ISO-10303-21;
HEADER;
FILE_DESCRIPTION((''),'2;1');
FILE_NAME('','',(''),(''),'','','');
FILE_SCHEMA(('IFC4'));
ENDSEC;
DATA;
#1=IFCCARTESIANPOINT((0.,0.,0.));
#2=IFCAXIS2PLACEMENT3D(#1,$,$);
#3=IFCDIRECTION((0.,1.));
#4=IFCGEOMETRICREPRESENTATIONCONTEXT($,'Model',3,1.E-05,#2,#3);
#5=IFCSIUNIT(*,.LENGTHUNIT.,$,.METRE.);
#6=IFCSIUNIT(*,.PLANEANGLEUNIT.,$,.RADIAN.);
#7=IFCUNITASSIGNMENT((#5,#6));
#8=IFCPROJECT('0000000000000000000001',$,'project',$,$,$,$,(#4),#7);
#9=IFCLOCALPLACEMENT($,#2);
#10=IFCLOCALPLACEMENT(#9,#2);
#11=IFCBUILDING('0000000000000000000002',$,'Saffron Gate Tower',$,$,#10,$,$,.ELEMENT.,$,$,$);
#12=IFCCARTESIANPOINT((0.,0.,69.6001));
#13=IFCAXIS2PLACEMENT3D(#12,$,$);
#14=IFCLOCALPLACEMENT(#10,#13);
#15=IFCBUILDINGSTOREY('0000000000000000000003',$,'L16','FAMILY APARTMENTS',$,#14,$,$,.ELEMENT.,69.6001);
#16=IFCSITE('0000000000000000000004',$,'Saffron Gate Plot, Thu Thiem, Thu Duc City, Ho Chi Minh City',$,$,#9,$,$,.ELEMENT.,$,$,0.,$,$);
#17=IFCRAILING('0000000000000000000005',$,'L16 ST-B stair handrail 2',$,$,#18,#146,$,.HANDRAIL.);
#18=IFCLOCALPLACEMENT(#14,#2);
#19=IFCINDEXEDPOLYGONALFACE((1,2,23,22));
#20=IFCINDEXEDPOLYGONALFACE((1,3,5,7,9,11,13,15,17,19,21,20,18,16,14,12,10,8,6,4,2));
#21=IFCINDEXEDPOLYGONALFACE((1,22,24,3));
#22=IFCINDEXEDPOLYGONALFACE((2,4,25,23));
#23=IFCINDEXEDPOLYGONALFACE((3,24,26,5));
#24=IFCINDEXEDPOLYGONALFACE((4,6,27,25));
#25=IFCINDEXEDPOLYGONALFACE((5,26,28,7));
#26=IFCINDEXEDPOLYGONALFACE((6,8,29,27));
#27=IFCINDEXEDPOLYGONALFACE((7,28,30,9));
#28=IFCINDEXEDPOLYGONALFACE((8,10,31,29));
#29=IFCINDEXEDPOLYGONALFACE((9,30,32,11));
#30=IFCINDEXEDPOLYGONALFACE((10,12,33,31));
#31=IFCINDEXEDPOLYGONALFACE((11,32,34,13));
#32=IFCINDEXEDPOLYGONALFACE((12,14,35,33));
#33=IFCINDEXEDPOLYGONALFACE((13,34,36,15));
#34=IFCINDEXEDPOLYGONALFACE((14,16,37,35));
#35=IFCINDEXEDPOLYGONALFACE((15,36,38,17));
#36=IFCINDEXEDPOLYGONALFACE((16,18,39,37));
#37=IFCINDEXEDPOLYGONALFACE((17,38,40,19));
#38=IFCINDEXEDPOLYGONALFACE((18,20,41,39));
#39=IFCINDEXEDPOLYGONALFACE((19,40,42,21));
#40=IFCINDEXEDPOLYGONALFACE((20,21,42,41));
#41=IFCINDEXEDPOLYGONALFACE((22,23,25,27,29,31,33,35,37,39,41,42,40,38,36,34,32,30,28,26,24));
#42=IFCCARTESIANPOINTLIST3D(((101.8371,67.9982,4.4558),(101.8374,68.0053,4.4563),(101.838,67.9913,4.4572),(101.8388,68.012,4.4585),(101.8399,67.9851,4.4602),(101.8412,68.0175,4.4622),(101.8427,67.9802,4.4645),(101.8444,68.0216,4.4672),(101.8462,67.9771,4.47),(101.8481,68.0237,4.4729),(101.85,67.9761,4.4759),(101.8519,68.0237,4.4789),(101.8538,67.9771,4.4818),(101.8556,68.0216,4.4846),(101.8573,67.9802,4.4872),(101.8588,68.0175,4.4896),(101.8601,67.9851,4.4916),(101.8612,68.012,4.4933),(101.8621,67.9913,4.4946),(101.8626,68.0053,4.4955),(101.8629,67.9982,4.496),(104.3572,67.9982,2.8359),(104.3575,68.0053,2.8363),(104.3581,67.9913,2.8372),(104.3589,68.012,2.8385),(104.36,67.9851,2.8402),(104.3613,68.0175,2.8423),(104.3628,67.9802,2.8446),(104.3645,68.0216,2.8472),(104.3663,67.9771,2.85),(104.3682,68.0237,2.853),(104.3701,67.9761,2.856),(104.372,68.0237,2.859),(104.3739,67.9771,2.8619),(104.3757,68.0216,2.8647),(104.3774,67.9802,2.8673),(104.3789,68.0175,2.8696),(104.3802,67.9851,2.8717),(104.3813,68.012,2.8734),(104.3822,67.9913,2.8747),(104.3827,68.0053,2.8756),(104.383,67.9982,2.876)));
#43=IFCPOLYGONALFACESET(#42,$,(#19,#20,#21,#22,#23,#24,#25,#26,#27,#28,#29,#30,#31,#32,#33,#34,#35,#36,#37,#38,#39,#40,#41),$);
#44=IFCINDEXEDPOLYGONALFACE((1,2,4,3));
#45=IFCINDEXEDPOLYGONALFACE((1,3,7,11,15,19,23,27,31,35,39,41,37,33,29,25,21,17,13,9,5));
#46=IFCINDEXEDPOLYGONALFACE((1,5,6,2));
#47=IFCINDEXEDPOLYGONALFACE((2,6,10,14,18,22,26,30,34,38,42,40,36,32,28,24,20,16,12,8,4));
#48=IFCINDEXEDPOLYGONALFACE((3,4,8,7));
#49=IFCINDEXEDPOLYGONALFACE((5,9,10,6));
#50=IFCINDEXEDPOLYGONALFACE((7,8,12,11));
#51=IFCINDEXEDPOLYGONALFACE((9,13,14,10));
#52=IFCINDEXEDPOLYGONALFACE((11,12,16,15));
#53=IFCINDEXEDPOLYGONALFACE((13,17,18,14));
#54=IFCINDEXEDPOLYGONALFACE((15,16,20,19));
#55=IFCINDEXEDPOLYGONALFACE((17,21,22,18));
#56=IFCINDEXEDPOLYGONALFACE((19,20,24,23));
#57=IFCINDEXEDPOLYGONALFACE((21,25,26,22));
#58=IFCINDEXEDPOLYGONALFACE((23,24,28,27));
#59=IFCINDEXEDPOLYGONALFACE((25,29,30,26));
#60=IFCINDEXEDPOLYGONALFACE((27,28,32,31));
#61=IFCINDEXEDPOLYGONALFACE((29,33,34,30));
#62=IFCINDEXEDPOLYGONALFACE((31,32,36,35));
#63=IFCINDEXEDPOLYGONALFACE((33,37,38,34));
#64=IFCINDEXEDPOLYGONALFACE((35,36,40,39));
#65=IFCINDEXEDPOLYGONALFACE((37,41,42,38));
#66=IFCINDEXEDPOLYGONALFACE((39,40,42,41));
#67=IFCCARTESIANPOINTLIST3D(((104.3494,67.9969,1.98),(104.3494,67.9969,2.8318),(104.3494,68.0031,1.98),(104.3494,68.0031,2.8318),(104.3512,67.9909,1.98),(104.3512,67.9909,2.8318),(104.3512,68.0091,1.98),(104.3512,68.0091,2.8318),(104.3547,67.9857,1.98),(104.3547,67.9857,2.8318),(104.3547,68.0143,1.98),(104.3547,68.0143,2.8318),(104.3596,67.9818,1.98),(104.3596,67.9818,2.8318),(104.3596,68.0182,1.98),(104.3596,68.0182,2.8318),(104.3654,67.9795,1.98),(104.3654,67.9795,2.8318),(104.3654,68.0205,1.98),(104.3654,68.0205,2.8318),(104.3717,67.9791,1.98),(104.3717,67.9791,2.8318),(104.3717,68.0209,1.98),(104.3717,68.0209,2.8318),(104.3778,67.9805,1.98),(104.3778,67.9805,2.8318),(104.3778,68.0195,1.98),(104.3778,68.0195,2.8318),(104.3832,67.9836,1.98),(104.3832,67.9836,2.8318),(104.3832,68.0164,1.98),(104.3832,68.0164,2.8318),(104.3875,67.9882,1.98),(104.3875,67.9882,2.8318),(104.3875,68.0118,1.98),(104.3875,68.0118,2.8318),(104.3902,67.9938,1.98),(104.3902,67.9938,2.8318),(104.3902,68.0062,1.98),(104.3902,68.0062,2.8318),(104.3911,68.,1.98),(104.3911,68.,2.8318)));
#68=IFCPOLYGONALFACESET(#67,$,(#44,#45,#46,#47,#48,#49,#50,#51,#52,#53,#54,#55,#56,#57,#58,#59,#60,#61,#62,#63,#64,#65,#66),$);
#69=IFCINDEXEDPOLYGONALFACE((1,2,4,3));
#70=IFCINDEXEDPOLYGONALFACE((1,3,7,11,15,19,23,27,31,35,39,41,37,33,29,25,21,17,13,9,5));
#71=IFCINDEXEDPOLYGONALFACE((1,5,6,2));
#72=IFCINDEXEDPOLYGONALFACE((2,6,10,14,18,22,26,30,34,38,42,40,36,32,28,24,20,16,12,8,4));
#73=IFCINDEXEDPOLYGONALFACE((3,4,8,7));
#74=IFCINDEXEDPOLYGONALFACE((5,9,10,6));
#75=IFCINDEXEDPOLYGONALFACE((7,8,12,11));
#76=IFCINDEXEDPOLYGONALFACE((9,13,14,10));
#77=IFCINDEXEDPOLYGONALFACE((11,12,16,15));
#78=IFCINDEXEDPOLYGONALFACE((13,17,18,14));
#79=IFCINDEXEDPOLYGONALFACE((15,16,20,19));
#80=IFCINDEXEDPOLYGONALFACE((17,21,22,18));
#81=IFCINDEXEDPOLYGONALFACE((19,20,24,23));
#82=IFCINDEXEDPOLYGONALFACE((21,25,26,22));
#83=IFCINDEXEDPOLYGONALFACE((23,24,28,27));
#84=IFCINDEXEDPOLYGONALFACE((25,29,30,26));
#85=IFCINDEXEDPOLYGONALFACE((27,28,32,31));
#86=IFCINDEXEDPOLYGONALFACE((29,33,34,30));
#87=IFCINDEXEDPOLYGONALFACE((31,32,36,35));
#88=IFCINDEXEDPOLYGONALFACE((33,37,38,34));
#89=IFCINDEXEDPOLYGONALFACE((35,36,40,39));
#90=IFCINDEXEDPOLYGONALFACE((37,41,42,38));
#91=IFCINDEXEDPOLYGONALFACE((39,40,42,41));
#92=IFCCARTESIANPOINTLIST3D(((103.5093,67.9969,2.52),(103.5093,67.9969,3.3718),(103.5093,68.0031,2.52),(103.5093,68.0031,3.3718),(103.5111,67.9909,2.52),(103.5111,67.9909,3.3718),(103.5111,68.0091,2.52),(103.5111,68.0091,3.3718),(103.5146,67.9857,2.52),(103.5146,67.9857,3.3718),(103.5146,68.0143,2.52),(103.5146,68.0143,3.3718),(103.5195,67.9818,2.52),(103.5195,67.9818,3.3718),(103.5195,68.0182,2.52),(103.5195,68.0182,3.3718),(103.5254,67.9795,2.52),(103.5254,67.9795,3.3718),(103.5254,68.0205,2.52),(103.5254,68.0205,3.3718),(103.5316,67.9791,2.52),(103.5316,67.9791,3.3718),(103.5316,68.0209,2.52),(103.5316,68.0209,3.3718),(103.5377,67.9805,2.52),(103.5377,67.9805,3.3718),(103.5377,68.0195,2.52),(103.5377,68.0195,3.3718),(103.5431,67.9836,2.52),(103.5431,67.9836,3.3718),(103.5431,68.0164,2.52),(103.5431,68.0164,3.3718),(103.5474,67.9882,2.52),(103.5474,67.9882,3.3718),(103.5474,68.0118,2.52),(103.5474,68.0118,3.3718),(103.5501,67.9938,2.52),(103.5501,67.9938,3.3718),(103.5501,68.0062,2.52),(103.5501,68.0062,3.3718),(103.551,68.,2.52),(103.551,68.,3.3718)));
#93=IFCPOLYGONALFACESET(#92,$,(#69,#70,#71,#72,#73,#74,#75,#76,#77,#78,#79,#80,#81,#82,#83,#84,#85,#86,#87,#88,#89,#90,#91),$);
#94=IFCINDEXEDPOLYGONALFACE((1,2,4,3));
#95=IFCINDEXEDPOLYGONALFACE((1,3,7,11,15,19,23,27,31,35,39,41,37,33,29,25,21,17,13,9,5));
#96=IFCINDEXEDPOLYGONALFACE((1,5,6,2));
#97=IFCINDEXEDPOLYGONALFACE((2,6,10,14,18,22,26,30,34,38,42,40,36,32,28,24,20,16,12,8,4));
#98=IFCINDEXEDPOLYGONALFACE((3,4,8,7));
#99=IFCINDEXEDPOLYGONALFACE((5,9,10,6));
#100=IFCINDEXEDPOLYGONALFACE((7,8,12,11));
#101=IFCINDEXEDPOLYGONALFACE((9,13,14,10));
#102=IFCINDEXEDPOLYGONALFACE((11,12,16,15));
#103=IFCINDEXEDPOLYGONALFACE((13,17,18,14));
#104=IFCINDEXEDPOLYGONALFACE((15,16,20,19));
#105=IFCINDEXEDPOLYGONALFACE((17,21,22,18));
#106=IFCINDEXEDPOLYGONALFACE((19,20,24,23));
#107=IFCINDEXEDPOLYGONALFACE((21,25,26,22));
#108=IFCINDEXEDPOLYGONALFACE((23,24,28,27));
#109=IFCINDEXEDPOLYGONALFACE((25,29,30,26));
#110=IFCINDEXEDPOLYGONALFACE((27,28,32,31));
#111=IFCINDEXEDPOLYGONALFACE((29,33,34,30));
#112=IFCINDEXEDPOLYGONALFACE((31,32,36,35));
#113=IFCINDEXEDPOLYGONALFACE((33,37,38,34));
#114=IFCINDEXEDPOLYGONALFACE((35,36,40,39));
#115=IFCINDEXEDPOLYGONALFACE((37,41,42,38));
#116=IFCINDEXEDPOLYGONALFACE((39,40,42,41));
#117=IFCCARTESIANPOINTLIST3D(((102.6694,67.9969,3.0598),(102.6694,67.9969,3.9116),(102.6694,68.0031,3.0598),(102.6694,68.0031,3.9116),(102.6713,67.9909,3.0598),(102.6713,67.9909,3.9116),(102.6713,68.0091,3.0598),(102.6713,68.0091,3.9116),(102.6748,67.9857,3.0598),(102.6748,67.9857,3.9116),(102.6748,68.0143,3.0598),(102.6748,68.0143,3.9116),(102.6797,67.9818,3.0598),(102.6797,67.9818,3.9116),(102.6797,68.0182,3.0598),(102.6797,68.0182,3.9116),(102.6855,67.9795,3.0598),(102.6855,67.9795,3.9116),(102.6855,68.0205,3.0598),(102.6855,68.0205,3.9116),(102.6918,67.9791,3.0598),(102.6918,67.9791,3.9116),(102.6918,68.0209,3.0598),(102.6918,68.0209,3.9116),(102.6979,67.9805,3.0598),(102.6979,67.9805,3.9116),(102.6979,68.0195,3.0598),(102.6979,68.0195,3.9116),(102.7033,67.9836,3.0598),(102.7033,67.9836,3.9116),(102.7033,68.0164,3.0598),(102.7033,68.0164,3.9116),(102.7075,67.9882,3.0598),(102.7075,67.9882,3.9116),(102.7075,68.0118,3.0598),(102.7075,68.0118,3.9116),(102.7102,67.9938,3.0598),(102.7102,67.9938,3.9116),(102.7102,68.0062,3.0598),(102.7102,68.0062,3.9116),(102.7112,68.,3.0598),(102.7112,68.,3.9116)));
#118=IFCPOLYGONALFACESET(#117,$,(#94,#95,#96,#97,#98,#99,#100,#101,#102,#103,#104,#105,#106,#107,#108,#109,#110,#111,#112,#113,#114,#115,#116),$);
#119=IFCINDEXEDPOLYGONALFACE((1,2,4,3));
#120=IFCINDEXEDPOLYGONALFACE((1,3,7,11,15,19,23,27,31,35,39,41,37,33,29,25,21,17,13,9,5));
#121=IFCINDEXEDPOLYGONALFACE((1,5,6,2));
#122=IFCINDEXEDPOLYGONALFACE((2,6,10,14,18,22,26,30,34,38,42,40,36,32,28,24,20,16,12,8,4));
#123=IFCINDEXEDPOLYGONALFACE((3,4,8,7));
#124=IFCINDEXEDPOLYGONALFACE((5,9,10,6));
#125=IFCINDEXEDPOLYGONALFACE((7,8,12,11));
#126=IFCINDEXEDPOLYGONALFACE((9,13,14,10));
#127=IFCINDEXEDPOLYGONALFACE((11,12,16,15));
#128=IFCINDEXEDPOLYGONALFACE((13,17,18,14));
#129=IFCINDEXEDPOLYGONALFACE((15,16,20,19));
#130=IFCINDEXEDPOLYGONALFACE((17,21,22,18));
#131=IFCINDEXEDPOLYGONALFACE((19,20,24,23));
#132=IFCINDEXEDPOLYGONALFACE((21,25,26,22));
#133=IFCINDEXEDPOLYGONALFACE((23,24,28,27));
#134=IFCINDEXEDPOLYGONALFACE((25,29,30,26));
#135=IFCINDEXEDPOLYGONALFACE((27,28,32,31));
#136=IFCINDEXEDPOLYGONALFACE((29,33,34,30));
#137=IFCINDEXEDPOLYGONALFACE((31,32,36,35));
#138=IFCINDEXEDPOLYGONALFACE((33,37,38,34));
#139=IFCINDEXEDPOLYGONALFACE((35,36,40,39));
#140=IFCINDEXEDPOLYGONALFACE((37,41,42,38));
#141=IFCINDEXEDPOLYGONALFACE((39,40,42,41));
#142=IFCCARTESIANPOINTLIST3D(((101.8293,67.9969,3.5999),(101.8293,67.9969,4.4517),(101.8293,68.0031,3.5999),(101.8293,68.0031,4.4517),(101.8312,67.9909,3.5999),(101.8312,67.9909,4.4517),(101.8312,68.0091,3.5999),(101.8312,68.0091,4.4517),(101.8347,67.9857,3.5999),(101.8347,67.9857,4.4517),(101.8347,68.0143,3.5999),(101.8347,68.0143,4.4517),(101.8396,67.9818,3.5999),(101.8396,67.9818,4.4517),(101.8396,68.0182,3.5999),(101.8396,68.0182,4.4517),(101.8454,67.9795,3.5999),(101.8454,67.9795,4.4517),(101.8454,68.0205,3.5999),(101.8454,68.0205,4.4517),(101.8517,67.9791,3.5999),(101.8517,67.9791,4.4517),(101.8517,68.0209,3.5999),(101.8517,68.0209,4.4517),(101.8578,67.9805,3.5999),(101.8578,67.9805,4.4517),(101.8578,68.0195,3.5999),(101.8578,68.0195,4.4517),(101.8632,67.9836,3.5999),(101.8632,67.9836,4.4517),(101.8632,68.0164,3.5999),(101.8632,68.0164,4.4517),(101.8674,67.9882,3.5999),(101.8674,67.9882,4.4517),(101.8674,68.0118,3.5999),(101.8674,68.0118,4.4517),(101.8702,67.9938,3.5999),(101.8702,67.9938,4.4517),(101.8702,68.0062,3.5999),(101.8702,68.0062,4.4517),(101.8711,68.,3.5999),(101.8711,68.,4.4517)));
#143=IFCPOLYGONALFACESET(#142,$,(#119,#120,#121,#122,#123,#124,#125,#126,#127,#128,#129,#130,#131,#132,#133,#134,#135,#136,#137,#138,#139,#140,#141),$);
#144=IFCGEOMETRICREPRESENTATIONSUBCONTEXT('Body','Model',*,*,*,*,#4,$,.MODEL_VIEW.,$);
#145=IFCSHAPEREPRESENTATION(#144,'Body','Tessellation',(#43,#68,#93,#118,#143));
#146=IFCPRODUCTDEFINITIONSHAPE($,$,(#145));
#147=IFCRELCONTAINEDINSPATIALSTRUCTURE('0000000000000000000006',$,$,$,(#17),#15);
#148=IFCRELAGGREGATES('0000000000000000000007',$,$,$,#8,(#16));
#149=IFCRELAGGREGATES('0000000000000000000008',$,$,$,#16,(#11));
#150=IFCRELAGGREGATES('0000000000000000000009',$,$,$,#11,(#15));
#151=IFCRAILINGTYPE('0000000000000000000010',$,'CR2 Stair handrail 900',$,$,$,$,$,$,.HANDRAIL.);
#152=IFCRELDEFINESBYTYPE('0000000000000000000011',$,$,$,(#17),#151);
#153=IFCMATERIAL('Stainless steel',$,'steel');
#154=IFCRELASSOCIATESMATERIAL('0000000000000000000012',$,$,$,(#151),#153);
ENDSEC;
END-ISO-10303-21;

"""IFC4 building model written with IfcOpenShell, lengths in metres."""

from ifc_helpers import new_model, si_unit, direction, frame, origin, origin_2d, place, context, subcontext, project, spatial, circle, extrude, material, type_object, element, save


model = new_model("IFC4")

# Units and contexts
model_context = context("Model", 3, precision=1e-05, world=origin(), true_north=direction((0.0, 1.0)))
body_context = subcontext(model_context, "Body", "Model", "MODEL_VIEW")
ifc_project = project(units=[si_unit("LENGTHUNIT", "METRE"), si_unit("PLANEANGLEUNIT", "RADIAN")], contexts=[model_context])

# Site, building, storey
site_placement = place(None, origin())
site = spatial("IfcSite", under=ifc_project, at=site_placement, Name="Saffron Gate Plot, Thu Thiem, Thu Duc City, Ho Chi Minh City", CompositionType="ELEMENT", RefElevation=0.0)
building_placement = place(site_placement, origin())
building = spatial("IfcBuilding", under=site, at=building_placement, Name="Saffron Gate Tower", CompositionType="ELEMENT")
storey_placement = place(building_placement, frame((0.0, 0.0, 69.6001)))
storey = spatial("IfcBuildingStorey", under=building, at=storey_placement, Name="L16", Description="FAMILY APARTMENTS", CompositionType="ELEMENT", Elevation=69.6001)

# Railing
ifc_material_1 = material(Name="Stainless steel", Category="steel")
railing_type_1 = type_object("IfcRailingType", Name="CR2 Stair handrail 900", PredefinedType="HANDRAIL", material=ifc_material_1)
for number, where, name in (
    (1, (104.3701, 68.0, 1.98), "L16 ST-B stair handrail 2"),
):
    element("IfcRailing", number, at=place(storey_placement, frame(where)), inside=storey, type_object=railing_type_1, Name=name, PredefinedType="HANDRAIL", context=body_context, shape_type="SweptSolid", body=[
        extrude(circle(Radius=0.0239, at=origin_2d()), frame((0.0, 0.0, 0.876), z_axis=(-0.8412, 0.0, 0.540725), x_axis=(0.0, -1.0, 0.0)), (0.0, 0.0, 1.0), 2.9958),
        extrude(circle(Radius=0.021, at=origin_2d()), origin(), (0.0, 0.0, 1.0), 0.8518),
        extrude(circle(Radius=0.021, at=origin_2d()), frame((-0.8401, 0.0, 0.54)), (0.0, 0.0, 1.0), 0.8518),
        extrude(circle(Radius=0.021, at=origin_2d()), frame((-1.6799, 0.0, 1.0798)), (0.0, 0.0, 1.0), 0.8518),
        extrude(circle(Radius=0.021, at=origin_2d()), frame((-2.52, 0.0, 1.6199)), (0.0, 0.0, 1.0), 0.8518),
    ])

save(model, "model.ifc")
